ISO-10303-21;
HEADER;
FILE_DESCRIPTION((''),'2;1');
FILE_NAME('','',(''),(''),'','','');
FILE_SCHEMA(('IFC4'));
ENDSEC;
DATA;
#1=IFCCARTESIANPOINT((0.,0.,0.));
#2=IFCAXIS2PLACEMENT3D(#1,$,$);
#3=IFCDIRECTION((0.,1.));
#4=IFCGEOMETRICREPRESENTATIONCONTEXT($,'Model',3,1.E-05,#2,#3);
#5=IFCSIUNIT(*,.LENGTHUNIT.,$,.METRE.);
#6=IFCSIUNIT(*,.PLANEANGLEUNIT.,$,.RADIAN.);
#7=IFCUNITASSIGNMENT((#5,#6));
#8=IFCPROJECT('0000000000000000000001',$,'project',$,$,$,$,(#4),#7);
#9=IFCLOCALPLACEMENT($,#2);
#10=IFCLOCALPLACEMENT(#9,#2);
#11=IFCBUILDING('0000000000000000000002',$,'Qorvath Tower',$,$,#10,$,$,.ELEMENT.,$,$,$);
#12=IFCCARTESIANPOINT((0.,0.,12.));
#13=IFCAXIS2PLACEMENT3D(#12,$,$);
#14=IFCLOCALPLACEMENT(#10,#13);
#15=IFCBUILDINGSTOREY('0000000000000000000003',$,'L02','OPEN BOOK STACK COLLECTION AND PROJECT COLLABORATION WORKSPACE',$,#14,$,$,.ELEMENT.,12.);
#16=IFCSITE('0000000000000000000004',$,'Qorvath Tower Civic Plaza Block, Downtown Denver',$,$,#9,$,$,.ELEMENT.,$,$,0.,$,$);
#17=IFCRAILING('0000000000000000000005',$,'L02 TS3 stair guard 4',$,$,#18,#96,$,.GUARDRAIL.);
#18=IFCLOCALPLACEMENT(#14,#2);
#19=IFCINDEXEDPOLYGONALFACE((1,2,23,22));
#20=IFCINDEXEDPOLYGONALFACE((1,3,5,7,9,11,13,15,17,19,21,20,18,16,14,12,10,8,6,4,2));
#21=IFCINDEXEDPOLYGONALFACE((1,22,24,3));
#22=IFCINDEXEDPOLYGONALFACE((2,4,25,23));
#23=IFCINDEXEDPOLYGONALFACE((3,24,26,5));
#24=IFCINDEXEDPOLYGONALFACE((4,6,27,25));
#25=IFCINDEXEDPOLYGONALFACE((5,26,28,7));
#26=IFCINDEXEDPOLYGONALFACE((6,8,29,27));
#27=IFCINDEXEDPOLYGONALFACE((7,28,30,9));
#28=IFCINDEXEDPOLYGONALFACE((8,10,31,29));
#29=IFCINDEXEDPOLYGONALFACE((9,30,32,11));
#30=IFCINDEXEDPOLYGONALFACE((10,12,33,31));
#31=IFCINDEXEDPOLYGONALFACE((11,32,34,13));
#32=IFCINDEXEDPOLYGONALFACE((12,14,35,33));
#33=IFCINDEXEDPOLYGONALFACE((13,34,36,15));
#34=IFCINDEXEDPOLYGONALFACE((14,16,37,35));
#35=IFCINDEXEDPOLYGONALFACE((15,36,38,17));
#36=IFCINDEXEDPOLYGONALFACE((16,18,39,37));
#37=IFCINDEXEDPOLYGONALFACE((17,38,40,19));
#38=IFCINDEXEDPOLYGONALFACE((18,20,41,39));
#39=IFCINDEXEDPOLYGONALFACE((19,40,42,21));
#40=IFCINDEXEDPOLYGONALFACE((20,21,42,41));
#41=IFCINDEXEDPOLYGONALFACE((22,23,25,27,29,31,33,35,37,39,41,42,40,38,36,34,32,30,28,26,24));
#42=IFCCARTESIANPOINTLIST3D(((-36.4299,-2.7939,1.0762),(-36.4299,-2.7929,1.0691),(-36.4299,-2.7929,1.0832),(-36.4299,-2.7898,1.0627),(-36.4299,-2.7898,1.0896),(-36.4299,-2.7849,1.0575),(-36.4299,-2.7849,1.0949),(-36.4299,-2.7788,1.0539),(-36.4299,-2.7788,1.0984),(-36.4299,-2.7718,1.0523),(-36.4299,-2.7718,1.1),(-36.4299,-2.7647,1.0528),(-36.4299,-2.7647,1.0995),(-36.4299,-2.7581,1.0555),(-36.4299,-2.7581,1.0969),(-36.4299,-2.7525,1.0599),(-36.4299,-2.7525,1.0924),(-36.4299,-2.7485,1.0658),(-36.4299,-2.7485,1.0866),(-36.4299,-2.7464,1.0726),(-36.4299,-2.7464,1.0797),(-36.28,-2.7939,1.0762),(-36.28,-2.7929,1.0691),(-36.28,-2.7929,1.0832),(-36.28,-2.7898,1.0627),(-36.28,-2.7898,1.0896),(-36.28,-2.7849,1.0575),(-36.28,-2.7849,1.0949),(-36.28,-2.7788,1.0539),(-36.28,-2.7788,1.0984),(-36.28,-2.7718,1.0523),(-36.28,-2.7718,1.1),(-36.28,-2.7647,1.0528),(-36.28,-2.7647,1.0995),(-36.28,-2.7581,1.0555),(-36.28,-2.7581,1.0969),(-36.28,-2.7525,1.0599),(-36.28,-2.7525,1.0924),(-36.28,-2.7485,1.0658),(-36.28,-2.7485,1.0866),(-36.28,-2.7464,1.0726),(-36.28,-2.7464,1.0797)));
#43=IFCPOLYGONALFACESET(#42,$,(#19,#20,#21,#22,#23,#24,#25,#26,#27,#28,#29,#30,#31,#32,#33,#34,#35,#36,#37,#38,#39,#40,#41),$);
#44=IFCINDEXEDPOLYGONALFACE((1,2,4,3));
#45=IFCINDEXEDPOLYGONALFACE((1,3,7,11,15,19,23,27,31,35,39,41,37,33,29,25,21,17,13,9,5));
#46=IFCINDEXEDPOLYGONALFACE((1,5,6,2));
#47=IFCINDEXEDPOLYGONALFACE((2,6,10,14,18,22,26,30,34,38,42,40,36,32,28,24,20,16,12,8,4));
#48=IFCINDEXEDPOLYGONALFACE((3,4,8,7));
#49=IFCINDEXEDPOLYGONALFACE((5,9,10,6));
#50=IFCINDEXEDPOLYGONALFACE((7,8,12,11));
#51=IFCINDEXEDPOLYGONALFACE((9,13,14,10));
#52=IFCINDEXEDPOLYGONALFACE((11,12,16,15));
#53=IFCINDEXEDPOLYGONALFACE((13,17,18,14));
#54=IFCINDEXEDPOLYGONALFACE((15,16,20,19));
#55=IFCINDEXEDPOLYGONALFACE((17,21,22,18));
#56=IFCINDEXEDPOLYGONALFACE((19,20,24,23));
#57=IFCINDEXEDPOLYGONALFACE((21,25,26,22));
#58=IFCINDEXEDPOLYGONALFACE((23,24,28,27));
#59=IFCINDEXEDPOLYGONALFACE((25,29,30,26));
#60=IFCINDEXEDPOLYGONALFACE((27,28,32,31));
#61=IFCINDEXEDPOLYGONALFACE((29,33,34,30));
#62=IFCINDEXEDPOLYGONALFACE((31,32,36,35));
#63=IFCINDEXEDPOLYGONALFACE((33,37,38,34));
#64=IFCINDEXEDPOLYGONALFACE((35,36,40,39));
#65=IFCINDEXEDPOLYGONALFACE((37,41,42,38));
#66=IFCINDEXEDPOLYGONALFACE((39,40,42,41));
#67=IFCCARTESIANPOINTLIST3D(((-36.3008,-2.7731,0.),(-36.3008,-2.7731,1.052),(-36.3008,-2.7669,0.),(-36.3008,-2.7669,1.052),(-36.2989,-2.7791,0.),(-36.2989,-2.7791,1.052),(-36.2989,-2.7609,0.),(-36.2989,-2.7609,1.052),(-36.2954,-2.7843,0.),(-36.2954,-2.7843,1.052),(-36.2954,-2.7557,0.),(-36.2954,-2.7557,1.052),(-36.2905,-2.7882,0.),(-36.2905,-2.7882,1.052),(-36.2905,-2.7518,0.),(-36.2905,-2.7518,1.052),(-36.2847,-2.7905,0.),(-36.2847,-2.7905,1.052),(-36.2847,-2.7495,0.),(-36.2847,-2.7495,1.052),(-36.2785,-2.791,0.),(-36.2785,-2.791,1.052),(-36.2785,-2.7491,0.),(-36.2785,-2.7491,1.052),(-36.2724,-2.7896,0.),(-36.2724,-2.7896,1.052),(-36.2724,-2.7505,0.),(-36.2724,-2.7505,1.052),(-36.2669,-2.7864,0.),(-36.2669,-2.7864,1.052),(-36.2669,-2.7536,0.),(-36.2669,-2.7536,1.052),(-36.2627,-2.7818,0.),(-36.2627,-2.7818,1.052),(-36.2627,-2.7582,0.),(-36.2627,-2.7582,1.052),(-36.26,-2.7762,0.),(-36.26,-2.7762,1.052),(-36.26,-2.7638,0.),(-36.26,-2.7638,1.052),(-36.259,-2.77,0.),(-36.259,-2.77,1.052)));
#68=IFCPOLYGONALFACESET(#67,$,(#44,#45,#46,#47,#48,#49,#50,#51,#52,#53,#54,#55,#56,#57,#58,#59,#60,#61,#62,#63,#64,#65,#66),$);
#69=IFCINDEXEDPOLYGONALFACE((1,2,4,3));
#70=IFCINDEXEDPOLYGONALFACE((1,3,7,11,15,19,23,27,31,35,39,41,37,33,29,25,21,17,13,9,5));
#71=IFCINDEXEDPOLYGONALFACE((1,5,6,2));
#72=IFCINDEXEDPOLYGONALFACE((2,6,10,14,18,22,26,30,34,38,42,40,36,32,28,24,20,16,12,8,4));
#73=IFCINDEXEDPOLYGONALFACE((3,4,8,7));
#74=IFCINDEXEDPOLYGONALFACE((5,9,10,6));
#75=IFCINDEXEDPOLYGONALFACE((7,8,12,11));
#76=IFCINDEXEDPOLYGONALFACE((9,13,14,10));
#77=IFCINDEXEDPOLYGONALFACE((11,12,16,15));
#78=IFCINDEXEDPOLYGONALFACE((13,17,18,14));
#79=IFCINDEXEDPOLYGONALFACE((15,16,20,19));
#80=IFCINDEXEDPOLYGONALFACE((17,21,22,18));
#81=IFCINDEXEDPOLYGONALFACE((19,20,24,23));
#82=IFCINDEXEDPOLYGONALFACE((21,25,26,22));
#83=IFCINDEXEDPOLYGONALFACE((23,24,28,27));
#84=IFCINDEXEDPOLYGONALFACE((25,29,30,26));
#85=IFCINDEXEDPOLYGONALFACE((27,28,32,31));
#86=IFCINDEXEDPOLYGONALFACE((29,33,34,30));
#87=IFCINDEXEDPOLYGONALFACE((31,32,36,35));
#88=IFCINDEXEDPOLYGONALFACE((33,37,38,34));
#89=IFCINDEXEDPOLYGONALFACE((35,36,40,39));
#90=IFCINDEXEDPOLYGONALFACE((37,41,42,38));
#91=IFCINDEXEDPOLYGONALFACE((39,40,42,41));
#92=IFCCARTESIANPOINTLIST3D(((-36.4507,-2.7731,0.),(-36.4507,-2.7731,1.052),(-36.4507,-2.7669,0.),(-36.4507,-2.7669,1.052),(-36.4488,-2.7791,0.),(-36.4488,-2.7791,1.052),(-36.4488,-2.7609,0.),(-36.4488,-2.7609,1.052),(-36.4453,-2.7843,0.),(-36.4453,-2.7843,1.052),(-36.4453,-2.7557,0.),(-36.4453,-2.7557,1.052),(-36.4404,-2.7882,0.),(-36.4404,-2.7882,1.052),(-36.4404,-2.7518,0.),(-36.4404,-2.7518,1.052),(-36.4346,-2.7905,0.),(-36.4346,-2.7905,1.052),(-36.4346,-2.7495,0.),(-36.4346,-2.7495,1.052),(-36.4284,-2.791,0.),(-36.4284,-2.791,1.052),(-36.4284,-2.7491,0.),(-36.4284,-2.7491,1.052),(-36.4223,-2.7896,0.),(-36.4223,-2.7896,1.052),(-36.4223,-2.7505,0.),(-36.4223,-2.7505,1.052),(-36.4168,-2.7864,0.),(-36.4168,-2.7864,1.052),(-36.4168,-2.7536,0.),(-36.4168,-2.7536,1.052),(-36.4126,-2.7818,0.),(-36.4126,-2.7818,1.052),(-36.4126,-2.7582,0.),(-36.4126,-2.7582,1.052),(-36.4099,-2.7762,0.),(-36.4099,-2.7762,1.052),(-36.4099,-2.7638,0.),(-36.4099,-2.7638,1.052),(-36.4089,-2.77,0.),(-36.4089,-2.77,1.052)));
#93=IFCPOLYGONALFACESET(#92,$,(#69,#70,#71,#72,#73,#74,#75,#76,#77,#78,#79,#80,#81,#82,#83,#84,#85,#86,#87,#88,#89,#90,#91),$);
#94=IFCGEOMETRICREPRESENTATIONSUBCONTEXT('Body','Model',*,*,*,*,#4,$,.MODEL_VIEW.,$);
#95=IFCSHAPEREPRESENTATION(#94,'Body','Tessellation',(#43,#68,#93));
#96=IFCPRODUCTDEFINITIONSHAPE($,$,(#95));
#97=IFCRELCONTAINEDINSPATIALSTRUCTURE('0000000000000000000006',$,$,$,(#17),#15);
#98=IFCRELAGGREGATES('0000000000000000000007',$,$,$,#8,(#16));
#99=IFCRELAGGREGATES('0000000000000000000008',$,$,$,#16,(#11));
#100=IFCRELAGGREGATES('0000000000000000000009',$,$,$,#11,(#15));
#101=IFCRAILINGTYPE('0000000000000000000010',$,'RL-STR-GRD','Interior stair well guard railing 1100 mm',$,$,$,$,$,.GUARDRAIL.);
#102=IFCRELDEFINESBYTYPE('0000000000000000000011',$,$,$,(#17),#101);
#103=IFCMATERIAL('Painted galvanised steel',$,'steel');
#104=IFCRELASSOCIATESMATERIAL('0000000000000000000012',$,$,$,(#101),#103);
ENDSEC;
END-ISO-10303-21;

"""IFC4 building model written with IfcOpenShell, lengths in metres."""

from ifc_helpers import new_model, si_unit, direction, frame, origin, origin_2d, place, context, subcontext, project, spatial, circle, extrude, material, type_object, element, save


model = new_model("IFC4")

# Units and contexts
model_context = context("Model", 3, precision=1e-05, world=origin(), true_north=direction((0.0, 1.0)))
body_context = subcontext(model_context, "Body", "Model", "MODEL_VIEW")
ifc_project = project(units=[si_unit("LENGTHUNIT", "METRE"), si_unit("PLANEANGLEUNIT", "RADIAN")], contexts=[model_context])

# Site, building, storey
site_placement = place(None, origin())
site = spatial("IfcSite", under=ifc_project, at=site_placement, Name="Qorvath Tower Civic Plaza Block, Downtown Denver", CompositionType="ELEMENT", RefElevation=0.0)
building_placement = place(site_placement, origin())
building = spatial("IfcBuilding", under=site, at=building_placement, Name="Qorvath Tower", CompositionType="ELEMENT")
storey_placement = place(building_placement, frame((0.0, 0.0, 12.0)))
storey = spatial("IfcBuildingStorey", under=building, at=storey_placement, Name="L02", Description="OPEN BOOK STACK COLLECTION AND PROJECT COLLABORATION WORKSPACE", CompositionType="ELEMENT", Elevation=12.0)

# Railing
ifc_material_1 = material(Name="Painted galvanised steel", Category="steel")
railing_type_1 = type_object("IfcRailingType", Name="RL-STR-GRD", Description="Interior stair well guard railing 1100 mm", PredefinedType="GUARDRAIL", material=ifc_material_1)
railing_1_placement = place(storey_placement, frame((-36.28, -2.77, 0.0)))
element("IfcRailing", 1, at=railing_1_placement, inside=storey, type_object=railing_type_1, Name="L02 TS3 stair guard 4", PredefinedType="GUARDRAIL", context=body_context, shape_type="SweptSolid", body=[
    extrude(circle(Radius=0.0239, at=origin_2d()), frame((0.0, 0.0, 1.0762), z_axis=(-1.0, 0.0, 0.0), x_axis=(0.0, -1.0, 0.0)), (0.0, 0.0, 1.0), 0.1499),
    extrude(circle(Radius=0.021, at=origin_2d()), origin(), (0.0, 0.0, 1.0), 1.052),
    extrude(circle(Radius=0.021, at=origin_2d()), frame((-0.1499, 0.0, 0.0)), (0.0, 0.0, 1.0), 1.052),
])

save(model, "model.ifc")
